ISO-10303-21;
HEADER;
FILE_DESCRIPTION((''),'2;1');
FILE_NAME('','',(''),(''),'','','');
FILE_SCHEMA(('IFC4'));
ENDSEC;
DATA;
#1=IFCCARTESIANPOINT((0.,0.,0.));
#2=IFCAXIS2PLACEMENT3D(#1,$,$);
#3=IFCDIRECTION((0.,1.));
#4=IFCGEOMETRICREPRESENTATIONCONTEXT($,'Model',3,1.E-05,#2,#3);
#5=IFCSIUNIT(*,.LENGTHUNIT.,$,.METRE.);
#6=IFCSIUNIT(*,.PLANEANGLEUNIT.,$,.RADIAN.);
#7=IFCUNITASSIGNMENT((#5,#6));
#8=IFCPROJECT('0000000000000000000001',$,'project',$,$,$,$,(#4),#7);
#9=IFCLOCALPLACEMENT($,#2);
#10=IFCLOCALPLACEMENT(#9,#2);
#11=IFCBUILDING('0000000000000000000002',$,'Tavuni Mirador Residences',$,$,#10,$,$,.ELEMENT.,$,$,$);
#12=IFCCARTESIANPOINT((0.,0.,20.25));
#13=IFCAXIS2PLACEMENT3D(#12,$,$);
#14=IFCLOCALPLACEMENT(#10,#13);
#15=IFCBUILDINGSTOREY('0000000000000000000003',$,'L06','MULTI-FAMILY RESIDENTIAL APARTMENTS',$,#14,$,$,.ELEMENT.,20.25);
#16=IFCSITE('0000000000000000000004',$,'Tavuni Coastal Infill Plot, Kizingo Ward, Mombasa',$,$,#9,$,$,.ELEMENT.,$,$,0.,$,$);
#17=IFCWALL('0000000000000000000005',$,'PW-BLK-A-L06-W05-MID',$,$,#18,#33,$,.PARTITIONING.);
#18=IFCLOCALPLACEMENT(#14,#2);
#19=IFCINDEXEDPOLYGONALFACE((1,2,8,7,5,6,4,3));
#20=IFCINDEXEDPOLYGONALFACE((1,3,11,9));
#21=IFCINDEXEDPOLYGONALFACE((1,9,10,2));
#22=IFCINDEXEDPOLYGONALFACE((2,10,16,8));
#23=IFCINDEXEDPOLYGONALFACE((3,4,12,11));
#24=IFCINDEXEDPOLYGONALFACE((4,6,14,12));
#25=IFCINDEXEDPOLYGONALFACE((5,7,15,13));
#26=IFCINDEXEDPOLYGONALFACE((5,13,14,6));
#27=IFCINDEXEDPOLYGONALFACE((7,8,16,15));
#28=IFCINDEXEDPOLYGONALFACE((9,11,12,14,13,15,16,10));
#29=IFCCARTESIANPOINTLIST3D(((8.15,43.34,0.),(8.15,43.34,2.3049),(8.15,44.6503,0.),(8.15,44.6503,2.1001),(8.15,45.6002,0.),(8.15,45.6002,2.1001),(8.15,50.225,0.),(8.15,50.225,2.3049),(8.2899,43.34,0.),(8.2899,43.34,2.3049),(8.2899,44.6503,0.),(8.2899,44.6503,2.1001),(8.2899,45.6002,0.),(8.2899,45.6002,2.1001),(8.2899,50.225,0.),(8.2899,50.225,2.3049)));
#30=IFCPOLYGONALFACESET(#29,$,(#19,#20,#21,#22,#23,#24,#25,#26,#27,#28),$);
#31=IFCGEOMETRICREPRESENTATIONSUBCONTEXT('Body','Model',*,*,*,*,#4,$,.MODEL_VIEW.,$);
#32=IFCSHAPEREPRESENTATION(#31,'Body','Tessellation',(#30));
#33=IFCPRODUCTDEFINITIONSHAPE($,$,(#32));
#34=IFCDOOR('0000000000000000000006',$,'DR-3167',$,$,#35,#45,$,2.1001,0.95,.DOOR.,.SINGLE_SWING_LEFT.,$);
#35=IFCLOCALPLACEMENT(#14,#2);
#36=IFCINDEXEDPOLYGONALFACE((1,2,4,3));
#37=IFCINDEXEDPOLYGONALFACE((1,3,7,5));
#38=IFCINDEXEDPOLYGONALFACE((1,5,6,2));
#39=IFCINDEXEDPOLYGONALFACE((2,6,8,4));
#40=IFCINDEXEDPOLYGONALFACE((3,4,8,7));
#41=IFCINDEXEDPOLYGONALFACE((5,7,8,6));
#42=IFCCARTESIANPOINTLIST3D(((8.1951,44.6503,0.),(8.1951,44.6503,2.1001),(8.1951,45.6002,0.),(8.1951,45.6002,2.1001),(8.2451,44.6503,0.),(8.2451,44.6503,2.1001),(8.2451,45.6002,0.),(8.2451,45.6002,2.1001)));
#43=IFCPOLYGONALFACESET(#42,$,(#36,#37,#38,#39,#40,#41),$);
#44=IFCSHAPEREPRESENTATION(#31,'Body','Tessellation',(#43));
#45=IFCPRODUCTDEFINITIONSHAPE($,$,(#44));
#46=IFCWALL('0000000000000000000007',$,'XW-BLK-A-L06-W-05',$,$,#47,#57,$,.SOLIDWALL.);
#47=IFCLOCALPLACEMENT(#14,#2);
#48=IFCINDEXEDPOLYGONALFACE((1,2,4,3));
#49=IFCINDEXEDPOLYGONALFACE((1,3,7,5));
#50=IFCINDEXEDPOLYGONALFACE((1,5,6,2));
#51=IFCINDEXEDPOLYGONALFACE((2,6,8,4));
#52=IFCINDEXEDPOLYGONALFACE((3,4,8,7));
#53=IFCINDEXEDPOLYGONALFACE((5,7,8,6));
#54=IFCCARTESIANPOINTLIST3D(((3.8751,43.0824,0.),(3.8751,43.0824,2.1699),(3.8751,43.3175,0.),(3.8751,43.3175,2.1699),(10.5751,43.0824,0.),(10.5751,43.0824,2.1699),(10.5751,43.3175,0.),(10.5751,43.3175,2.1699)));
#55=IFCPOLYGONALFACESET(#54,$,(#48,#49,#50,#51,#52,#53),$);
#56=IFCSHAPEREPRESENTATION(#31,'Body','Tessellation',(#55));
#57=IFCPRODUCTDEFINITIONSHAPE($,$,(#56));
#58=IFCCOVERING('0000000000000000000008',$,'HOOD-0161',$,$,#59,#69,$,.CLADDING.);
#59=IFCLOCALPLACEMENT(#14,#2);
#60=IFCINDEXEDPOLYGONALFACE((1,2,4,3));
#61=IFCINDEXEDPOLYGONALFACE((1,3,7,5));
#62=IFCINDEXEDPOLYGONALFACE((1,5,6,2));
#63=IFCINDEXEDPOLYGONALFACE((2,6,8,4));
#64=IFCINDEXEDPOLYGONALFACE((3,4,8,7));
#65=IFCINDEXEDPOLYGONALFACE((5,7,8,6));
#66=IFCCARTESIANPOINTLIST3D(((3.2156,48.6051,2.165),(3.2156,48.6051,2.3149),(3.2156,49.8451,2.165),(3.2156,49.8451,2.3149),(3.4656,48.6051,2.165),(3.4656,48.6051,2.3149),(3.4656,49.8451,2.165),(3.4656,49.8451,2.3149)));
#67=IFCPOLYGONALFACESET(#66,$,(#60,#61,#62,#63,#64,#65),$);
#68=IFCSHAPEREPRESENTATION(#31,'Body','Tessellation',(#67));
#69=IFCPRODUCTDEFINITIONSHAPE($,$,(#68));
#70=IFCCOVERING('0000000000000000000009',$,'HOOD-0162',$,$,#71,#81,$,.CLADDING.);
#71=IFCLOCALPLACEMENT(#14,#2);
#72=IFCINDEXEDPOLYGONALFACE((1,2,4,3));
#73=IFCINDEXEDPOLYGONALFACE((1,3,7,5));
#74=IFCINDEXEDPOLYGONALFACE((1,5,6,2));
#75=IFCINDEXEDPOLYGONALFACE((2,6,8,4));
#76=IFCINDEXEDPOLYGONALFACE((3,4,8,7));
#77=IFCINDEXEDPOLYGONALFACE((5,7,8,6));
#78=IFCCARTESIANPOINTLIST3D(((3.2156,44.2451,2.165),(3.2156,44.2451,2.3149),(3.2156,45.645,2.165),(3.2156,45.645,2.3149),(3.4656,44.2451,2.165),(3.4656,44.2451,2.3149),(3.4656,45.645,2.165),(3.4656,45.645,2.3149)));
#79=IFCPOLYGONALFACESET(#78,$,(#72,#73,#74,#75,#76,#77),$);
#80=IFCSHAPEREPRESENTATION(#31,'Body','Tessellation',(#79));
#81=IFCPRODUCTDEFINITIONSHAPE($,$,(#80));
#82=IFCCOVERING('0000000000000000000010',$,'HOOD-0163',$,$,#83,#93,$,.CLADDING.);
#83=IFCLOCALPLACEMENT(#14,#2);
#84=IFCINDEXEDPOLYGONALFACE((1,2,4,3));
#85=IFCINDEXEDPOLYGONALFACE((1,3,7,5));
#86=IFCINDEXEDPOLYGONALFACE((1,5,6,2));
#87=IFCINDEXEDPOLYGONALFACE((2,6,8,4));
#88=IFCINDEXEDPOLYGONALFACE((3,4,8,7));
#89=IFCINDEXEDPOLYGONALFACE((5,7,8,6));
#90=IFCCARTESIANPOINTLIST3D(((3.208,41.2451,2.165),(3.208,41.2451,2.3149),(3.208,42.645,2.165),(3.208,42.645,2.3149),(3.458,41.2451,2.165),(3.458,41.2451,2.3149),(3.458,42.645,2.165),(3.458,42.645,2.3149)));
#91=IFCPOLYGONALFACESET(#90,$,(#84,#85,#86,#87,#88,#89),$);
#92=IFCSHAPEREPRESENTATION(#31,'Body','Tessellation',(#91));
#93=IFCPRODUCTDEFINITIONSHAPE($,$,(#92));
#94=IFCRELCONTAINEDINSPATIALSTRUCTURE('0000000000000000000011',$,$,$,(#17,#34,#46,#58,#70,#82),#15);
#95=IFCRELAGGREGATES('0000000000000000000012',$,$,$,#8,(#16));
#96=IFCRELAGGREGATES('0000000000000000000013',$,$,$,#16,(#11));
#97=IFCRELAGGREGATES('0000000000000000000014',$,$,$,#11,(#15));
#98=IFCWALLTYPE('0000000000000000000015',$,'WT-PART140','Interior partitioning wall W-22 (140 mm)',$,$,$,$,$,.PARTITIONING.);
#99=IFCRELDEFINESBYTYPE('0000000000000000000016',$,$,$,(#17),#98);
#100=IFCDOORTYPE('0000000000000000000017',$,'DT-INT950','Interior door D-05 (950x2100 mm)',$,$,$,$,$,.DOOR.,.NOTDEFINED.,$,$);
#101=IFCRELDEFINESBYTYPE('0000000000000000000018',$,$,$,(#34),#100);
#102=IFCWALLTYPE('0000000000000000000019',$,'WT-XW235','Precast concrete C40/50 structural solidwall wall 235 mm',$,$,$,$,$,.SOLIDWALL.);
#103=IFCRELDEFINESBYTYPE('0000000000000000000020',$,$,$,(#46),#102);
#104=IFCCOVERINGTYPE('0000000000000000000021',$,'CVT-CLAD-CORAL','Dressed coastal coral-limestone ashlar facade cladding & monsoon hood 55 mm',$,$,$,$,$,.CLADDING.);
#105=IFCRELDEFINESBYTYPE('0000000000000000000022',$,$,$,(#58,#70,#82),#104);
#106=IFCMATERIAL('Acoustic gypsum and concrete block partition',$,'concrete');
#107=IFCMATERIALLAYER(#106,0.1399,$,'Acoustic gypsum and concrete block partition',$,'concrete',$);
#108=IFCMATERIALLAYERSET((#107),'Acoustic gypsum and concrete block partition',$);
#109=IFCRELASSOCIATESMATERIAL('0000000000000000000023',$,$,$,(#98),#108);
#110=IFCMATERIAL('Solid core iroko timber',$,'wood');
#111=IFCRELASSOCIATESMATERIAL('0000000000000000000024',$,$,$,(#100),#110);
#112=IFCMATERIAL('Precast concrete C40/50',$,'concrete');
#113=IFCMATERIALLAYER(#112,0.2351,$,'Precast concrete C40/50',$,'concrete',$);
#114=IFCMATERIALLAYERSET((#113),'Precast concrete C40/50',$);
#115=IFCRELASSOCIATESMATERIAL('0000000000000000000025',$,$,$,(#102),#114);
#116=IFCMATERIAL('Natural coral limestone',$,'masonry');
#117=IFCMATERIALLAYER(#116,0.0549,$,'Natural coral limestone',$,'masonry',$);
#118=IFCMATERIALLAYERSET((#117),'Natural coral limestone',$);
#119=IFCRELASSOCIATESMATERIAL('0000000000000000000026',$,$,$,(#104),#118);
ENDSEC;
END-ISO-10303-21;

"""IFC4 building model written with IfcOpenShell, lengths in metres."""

from ifc_helpers import new_model, si_unit, direction, frame, frame_2d, origin, origin_2d, place, context, subcontext, project, spatial, rectangle, extrude, material, layer, layer_set, type_object, element, fill, save


model = new_model("IFC4")

# Units and contexts
model_context = context("Model", 3, precision=1e-05, world=origin(), true_north=direction((0.0, 1.0)))
body_context = subcontext(model_context, "Body", "Model", "MODEL_VIEW")
ifc_project = project(units=[si_unit("LENGTHUNIT", "METRE"), si_unit("PLANEANGLEUNIT", "RADIAN")], contexts=[model_context])

# Site, building, storey
site_placement = place(None, origin())
site = spatial("IfcSite", under=ifc_project, at=site_placement, Name="Tavuni Coastal Infill Plot, Kizingo Ward, Mombasa", CompositionType="ELEMENT", RefElevation=0.0)
building_placement = place(site_placement, origin())
building = spatial("IfcBuilding", under=site, at=building_placement, Name="Tavuni Mirador Residences", CompositionType="ELEMENT")
storey_placement = place(building_placement, frame((0.0, 0.0, 20.25)))
storey = spatial("IfcBuildingStorey", under=building, at=storey_placement, Name="L06", Description="MULTI-FAMILY RESIDENTIAL APARTMENTS", CompositionType="ELEMENT", Elevation=20.25)

# Shared definitions
ifc_material_1 = material(Name="Precast concrete C40/50", Category="concrete")

# Shared definitions
ifc_material_2 = material(Name="Solid core iroko timber", Category="wood")

# Wall, opening, door
ifc_material_3 = material(Name="Acoustic gypsum and concrete block partition", Category="concrete")
ifc_layer_1 = layer(ifc_material_3, 0.1399, Name="Acoustic gypsum and concrete block partition", Category="concrete")
ifc_layer_set_1 = layer_set([ifc_layer_1], Name="Acoustic gypsum and concrete block partition")
wall_type_1 = type_object("IfcWallType", Name="WT-PART140", Description="Interior partitioning wall W-22 (140 mm)", PredefinedType="PARTITIONING", material=ifc_layer_set_1)
wall_1_placement = place(storey_placement, frame((8.22, 43.3401, 0.0), z_axis=(0.0, 0.0, 1.0), x_axis=(0.0, 1.0, 0.0)))
wall_1 = element("IfcWall", 1, at=wall_1_placement, inside=storey, type_object=wall_type_1, Name="PW-BLK-A-L06-W05-MID", PredefinedType="PARTITIONING", context=body_context, shape_type="SweptSolid", body=[
    extrude(rectangle(XDim=6.885, YDim=0.1399, at=frame_2d((3.4424, 0.0))), origin(), (0.0, 0.0, 1.0), 2.3049),
])
opening_1_placement = place(wall_1_placement, frame((1.3101, 0.0, 0.0)))
opening_1 = element("IfcOpeningElement", 2, at=opening_1_placement, cuts=wall_1, PredefinedType="OPENING", context=body_context, shape_type="SweptSolid", body=[
    extrude(rectangle(XDim=0.95, YDim=2.1001, at=frame_2d((0.4751, 1.05))), frame((0.0, 0.0801, 0.0), z_axis=(0.0, -1.0, 0.0), x_axis=(1.0, 0.0, 0.0)), (0.0, 0.0, 1.0), 0.1599),
])
door_type_1 = type_object("IfcDoorType", Name="DT-INT950", Description="Interior door D-05 (950x2100 mm)", OperationType="NOTDEFINED", PredefinedType="DOOR", material=ifc_material_2)
door_1_placement = place(opening_1_placement, origin())
door_1 = element("IfcDoor", 3, at=door_1_placement, inside=storey, type_object=door_type_1, Name="DR-3167", OperationType="SINGLE_SWING_LEFT", OverallHeight=2.1001, OverallWidth=0.95, PredefinedType="DOOR", context=body_context, shape_type="SweptSolid", body=[
    extrude(rectangle(XDim=0.95, YDim=2.1001, at=frame_2d((0.4751, 1.05))), frame((0.0, 0.0249, 0.0), z_axis=(0.0, -1.0, 0.0), x_axis=(1.0, 0.0, 0.0)), (0.0, 0.0, 1.0), 0.05),
])
fill(opening_1, door_1)

# Wall
ifc_layer_2 = layer(ifc_material_1, 0.2351, Name="Precast concrete C40/50", Category="concrete")
ifc_layer_set_2 = layer_set([ifc_layer_2], Name="Precast concrete C40/50")
wall_type_2 = type_object("IfcWallType", Name="WT-XW235", Description="Precast concrete C40/50 structural solidwall wall 235 mm", PredefinedType="SOLIDWALL", material=ifc_layer_set_2)
wall_2_placement = place(storey_placement, frame((3.875, 43.2, 0.0), z_axis=(0.0, 0.0, 1.0), x_axis=(1.0, 0.0, 0.0)))
element("IfcWall", 4, at=wall_2_placement, inside=storey, type_object=wall_type_2, Name="XW-BLK-A-L06-W-05", PredefinedType="SOLIDWALL", context=body_context, shape_type="SweptSolid", body=[
    extrude(rectangle(XDim=6.7, YDim=0.2351, at=frame_2d((3.3501, 0.0))), origin(), (0.0, 0.0, 1.0), 2.1699),
])

# Coverings
ifc_material_4 = material(Name="Natural coral limestone", Category="masonry")
ifc_layer_3 = layer(ifc_material_4, 0.0549, Name="Natural coral limestone", Category="masonry")
ifc_layer_set_3 = layer_set([ifc_layer_3], Name="Natural coral limestone")
covering_type = type_object("IfcCoveringType", Name="CVT-CLAD-CORAL", Description="Dressed coastal coral-limestone ashlar facade cladding & monsoon hood 55 mm", PredefinedType="CLADDING", material=ifc_layer_set_3)
covering_placement = place(storey_placement, frame((3.3406, 49.2251, 2.165), z_axis=(0.0, 0.0, 1.0), x_axis=(0.0, -1.0, 0.0)))
element("IfcCovering", 5, at=covering_placement, inside=storey, type_object=covering_type, Name="HOOD-0161", PredefinedType="CLADDING", context=body_context, shape_type="SweptSolid", body=[
    extrude(rectangle(XDim=1.24, YDim=0.25, at=origin_2d()), origin(), (0.0, 0.0, 1.0), 0.1499),
])
for number, where, z_axis, x_axis, name in (
    (6, (3.3406, 44.9451, 2.165), (0.0, 0.0, 1.0), (0.0, -1.0, 0.0), "HOOD-0162"),
    (7, (3.333, 41.9451, 2.165), (0.0, 0.0, 1.0), (0.0, -1.0, 0.0), "HOOD-0163"),
):
    element("IfcCovering", number, at=place(storey_placement, frame(where, z_axis=z_axis, x_axis=x_axis)), inside=storey, type_object=covering_type, Name=name, PredefinedType="CLADDING", context=body_context, shape_type="SweptSolid", body=[
        extrude(rectangle(XDim=1.3999, YDim=0.25, at=origin_2d()), origin(), (0.0, 0.0, 1.0), 0.1499),
    ])

save(model, "model.ifc")
